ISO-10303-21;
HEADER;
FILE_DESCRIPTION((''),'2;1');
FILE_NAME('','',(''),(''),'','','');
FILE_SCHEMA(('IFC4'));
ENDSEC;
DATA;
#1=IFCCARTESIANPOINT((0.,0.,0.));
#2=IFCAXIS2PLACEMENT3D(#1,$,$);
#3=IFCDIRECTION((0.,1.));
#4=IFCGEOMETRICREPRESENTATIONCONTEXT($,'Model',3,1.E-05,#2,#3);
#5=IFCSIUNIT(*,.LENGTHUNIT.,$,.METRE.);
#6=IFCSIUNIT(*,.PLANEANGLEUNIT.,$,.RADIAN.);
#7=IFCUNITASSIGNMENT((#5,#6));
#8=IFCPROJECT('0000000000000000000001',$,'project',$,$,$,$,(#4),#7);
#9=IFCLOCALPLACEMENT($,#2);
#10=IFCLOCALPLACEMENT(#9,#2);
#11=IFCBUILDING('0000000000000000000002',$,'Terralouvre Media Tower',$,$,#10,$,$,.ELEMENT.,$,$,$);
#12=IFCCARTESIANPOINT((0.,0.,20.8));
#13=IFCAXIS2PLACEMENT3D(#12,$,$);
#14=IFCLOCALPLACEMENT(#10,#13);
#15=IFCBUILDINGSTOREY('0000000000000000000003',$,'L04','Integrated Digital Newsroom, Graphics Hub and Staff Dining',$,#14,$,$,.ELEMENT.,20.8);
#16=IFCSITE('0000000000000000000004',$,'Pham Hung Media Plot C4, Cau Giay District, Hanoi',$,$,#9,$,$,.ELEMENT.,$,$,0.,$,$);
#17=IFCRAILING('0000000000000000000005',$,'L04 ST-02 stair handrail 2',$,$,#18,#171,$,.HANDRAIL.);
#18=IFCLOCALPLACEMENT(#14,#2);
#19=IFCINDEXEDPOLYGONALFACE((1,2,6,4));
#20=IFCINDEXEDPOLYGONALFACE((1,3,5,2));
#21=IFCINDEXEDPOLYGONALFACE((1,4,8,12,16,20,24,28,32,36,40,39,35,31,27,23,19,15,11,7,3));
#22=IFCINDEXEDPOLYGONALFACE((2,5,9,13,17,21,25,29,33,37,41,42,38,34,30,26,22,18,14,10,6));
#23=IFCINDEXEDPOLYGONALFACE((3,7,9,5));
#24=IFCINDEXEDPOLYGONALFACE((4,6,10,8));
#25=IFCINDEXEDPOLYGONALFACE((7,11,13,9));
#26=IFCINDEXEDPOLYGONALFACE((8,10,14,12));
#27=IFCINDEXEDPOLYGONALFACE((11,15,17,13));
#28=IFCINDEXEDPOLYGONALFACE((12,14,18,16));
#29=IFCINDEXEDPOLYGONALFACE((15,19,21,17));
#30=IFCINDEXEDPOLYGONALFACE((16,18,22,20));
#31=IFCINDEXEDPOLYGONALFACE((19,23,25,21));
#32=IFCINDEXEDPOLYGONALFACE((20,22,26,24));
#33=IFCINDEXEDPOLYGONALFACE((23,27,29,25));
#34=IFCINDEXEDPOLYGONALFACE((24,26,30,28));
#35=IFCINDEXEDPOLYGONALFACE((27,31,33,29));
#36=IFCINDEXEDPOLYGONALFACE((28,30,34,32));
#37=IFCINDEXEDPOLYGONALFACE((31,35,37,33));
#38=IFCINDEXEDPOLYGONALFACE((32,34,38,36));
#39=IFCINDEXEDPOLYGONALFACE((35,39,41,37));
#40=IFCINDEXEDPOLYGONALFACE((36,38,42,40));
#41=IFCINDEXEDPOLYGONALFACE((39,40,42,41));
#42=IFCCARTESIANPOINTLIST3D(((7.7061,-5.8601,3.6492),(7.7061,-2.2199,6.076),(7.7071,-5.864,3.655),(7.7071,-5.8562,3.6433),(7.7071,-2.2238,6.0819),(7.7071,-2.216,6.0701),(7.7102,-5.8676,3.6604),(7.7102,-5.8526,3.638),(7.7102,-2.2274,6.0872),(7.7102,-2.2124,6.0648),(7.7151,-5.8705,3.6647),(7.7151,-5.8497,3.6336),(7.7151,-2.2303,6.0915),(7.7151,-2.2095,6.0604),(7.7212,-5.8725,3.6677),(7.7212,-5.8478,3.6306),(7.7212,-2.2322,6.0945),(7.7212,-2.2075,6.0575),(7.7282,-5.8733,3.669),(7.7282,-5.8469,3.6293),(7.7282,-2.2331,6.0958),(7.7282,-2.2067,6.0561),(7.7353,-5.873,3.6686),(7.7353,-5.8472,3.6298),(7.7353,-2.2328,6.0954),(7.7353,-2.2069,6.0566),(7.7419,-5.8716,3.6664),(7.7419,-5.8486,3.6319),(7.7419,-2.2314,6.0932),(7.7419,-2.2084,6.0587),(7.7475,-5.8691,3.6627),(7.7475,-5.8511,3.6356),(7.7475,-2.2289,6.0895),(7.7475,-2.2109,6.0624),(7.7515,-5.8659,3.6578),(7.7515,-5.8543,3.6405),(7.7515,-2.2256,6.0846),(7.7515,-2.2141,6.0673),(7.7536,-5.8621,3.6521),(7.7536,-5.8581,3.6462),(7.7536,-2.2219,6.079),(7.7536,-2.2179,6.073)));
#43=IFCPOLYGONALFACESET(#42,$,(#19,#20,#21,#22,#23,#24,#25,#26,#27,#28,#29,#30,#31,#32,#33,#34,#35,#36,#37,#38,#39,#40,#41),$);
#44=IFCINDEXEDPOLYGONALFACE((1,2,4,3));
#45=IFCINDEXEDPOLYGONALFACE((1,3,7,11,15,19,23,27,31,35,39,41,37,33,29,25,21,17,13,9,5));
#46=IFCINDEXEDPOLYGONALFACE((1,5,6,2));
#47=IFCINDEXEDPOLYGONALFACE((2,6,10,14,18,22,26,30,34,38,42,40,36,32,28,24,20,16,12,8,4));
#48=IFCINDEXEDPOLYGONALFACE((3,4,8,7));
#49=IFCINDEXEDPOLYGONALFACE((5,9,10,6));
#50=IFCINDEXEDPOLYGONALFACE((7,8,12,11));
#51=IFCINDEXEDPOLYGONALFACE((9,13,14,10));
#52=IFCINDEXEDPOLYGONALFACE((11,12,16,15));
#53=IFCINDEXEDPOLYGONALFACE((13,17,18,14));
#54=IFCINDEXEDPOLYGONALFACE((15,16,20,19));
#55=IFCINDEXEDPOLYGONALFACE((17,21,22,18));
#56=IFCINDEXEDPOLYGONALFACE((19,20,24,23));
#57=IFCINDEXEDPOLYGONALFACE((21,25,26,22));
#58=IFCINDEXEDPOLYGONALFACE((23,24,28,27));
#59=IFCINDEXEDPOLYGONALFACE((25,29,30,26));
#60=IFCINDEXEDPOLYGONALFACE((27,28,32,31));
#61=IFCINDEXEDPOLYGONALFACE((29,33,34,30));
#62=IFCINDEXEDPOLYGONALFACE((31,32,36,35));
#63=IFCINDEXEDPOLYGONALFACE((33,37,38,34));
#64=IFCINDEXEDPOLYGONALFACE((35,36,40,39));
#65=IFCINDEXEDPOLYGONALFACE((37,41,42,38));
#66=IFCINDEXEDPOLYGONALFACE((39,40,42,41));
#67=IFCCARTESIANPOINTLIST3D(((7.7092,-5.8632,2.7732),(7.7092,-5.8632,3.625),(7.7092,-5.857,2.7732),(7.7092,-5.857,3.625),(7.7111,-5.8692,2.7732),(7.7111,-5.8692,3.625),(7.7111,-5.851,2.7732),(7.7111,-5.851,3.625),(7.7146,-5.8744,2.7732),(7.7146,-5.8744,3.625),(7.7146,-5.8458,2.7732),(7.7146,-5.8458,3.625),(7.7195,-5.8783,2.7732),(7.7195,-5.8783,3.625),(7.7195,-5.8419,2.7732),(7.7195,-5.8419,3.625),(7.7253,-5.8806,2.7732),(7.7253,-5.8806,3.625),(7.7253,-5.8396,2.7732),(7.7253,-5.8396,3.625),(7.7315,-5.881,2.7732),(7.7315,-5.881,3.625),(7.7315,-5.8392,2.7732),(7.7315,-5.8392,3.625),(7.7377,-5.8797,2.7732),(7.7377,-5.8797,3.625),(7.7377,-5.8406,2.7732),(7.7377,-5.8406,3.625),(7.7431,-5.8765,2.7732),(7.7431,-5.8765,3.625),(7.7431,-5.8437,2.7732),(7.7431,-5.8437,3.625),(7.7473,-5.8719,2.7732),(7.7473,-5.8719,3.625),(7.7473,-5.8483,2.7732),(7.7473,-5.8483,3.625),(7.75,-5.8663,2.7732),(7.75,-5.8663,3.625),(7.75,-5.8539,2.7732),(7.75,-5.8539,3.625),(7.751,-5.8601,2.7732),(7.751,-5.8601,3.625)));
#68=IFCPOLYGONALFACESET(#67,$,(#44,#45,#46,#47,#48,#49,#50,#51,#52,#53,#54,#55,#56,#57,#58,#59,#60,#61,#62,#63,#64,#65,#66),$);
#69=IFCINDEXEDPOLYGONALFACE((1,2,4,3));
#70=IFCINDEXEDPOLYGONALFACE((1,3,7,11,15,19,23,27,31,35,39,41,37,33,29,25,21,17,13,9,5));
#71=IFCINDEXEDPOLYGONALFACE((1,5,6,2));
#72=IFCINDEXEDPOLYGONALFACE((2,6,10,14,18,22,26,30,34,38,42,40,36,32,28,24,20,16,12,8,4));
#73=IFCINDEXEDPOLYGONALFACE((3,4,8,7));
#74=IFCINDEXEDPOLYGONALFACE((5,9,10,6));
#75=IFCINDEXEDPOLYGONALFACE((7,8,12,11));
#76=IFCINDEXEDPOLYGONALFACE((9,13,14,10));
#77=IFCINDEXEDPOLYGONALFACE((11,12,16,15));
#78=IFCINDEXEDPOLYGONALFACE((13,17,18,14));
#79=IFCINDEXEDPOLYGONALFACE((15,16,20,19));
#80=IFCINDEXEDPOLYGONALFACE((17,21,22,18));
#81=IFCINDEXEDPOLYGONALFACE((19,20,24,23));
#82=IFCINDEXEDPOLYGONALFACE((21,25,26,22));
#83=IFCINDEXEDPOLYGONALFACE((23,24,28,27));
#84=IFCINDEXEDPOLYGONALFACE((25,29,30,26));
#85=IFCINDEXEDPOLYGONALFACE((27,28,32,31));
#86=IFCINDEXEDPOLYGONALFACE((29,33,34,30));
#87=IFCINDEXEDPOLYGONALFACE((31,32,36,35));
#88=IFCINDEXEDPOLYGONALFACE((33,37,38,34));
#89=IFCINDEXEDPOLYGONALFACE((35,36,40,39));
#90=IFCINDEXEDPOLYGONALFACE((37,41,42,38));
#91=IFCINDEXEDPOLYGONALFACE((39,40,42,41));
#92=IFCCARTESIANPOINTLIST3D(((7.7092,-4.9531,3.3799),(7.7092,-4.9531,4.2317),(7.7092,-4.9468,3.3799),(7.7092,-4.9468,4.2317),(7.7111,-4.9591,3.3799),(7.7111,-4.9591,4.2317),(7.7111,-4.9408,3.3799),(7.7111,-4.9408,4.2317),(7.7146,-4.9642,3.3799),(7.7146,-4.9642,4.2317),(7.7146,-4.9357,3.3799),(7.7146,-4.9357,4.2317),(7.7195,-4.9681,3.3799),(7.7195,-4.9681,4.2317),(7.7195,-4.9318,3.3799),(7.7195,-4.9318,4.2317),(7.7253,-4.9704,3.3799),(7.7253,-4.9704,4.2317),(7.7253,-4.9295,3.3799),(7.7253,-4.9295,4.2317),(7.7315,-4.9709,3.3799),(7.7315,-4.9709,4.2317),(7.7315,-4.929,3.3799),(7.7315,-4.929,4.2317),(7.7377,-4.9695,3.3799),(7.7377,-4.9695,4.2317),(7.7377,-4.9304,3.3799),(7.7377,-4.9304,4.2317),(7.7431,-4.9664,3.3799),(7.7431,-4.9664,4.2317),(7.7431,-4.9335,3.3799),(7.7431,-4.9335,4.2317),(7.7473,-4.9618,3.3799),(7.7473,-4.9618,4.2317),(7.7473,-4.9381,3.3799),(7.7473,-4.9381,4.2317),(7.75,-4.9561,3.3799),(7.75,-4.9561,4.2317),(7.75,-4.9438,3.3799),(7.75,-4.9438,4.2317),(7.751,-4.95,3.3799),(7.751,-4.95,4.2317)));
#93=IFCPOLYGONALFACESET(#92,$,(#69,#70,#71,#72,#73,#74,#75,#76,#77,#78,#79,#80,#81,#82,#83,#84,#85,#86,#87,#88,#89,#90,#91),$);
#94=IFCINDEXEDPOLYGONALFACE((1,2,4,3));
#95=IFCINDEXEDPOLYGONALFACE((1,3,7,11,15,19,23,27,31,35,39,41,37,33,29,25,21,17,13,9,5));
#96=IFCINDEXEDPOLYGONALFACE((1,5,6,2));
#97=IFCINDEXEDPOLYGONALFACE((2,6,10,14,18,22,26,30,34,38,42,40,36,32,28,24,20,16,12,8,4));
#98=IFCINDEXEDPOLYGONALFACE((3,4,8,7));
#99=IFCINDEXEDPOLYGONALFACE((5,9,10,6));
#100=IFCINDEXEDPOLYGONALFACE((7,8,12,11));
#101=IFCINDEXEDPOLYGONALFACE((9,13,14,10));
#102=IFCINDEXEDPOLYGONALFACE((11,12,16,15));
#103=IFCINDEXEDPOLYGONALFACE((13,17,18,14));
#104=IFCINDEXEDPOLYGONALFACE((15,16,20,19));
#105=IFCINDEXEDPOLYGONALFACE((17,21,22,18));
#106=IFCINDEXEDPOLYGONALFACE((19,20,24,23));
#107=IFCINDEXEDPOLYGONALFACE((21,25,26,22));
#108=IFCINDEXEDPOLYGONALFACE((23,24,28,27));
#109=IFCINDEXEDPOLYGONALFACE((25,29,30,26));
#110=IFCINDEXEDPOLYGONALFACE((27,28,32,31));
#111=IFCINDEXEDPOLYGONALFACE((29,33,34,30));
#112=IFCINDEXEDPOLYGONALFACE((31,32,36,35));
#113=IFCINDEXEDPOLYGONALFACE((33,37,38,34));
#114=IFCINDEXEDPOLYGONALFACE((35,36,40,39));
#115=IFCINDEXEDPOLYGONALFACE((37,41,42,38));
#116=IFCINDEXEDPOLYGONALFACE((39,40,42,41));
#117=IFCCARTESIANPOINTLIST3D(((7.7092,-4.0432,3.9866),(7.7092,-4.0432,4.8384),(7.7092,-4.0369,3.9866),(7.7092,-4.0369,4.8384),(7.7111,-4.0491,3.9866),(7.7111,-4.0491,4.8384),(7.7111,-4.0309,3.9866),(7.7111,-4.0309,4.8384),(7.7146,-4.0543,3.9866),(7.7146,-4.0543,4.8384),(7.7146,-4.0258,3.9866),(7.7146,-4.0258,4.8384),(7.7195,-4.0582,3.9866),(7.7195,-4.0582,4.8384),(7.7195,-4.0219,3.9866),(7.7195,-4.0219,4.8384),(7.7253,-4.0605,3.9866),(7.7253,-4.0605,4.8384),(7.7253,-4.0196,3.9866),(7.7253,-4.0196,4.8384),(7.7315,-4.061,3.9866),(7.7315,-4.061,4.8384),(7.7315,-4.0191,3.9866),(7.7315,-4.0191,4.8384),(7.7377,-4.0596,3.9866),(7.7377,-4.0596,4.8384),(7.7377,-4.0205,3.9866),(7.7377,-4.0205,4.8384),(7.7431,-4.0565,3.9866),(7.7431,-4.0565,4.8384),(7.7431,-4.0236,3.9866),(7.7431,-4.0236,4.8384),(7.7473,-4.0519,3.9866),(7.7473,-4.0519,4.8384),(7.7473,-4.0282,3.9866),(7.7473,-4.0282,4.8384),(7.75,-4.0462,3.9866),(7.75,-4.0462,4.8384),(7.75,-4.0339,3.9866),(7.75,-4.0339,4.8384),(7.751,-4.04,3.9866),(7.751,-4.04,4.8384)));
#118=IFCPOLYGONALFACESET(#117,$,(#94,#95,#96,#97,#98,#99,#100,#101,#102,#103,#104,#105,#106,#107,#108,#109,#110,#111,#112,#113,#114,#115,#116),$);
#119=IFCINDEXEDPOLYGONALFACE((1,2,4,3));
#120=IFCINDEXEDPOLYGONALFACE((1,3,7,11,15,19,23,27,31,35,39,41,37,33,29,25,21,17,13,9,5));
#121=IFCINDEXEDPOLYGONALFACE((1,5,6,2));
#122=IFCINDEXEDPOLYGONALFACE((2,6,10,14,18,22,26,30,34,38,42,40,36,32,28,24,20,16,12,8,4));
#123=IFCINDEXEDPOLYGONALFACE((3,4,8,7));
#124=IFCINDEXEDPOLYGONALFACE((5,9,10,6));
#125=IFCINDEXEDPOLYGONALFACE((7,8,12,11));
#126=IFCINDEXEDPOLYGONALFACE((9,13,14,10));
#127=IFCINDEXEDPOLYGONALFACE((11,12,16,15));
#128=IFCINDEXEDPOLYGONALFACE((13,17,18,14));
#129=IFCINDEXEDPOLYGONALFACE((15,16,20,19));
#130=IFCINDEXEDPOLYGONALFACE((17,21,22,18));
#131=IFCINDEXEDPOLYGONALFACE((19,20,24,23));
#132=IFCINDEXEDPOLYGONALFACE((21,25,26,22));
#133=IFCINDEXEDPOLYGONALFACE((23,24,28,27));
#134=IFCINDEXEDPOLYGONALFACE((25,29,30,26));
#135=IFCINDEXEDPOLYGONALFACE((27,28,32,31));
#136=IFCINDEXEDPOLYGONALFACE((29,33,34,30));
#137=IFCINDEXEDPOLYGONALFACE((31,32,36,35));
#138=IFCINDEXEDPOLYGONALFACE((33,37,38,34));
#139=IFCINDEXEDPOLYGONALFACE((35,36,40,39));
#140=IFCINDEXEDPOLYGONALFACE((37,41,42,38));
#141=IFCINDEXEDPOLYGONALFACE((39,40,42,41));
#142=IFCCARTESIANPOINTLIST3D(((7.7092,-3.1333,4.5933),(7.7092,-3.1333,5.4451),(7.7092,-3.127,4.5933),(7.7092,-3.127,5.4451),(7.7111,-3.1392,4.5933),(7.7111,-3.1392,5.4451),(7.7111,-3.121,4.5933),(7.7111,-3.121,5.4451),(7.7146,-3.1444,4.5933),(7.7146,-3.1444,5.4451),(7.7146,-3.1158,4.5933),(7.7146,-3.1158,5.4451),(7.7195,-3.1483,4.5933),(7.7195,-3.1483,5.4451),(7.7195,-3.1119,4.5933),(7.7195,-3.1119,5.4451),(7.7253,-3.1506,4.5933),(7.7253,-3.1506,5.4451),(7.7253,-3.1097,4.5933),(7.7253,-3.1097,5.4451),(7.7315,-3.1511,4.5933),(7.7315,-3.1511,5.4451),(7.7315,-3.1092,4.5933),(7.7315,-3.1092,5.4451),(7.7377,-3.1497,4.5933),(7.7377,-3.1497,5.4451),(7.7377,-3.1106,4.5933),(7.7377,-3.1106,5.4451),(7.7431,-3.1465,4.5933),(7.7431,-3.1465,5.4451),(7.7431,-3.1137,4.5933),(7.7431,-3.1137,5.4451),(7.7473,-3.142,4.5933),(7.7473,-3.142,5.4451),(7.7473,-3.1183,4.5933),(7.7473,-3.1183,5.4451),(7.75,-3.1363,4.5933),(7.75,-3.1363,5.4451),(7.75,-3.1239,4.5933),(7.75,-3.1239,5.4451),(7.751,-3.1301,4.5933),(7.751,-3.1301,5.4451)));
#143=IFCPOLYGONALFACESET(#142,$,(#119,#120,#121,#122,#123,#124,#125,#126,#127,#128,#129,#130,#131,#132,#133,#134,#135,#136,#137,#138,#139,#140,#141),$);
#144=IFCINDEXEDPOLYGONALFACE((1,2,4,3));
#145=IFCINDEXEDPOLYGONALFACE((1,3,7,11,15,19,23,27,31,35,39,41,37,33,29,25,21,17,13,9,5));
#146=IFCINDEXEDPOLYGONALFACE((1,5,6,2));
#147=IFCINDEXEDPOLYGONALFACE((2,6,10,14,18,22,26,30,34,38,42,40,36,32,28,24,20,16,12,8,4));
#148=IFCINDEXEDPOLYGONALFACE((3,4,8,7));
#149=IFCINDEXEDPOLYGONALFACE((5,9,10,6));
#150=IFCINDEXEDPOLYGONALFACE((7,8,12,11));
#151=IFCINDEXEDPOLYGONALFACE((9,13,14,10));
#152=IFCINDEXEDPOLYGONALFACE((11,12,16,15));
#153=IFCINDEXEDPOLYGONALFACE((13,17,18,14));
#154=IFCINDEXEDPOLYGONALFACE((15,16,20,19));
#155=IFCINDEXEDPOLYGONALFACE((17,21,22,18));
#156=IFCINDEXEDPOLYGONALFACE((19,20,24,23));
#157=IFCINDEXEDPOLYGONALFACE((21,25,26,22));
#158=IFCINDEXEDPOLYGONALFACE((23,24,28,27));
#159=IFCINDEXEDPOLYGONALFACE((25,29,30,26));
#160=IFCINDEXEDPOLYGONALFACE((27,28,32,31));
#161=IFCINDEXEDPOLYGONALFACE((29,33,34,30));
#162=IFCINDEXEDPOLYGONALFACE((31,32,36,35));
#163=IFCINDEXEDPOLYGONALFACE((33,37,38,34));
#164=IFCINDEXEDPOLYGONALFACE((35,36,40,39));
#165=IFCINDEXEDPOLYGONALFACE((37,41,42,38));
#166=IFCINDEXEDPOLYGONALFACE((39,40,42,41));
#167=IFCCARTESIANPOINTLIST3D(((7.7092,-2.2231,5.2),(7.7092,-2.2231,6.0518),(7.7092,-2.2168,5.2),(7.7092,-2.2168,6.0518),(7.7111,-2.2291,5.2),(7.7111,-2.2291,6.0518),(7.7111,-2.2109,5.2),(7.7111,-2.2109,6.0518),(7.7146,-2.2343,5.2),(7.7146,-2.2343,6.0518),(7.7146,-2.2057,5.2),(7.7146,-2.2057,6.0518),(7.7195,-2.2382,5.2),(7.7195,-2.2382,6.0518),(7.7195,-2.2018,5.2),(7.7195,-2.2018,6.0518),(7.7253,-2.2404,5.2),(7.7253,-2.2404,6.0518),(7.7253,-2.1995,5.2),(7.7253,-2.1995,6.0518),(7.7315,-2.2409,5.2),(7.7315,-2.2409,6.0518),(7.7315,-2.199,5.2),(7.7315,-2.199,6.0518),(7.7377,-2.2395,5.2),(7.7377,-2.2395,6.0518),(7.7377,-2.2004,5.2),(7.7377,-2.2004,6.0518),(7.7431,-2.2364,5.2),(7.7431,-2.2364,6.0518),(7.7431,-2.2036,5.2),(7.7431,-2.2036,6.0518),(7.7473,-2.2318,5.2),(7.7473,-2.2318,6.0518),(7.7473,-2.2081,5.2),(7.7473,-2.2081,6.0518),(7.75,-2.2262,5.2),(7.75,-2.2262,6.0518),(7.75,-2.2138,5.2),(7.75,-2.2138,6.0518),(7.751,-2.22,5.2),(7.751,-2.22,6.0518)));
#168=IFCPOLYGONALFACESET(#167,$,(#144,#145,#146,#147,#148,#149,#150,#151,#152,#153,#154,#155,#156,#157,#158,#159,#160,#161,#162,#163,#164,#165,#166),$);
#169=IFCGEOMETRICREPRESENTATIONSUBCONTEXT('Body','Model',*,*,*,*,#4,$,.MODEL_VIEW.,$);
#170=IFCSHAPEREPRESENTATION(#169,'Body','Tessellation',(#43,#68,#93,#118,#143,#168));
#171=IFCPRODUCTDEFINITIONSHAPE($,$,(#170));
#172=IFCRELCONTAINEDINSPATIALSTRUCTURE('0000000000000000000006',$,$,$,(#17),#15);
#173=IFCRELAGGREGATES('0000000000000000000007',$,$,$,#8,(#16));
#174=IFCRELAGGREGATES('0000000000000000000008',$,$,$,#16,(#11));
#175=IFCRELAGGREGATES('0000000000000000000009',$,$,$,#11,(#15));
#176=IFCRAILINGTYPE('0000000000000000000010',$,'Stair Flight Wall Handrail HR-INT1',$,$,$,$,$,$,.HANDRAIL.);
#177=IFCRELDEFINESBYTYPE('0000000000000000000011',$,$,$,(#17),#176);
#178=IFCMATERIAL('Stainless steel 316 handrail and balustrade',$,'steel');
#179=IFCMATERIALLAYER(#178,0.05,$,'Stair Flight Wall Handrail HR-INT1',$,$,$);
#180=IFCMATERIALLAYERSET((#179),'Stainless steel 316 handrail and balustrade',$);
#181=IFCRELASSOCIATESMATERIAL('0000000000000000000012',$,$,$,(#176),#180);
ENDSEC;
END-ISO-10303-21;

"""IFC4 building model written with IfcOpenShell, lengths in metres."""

from ifc_helpers import new_model, si_unit, direction, frame, origin, origin_2d, place, context, subcontext, project, spatial, circle, extrude, material, layer, layer_set, type_object, element, save


model = new_model("IFC4")

# Units and contexts
model_context = context("Model", 3, precision=1e-05, world=origin(), true_north=direction((0.0, 1.0)))
body_context = subcontext(model_context, "Body", "Model", "MODEL_VIEW")
ifc_project = project(units=[si_unit("LENGTHUNIT", "METRE"), si_unit("PLANEANGLEUNIT", "RADIAN")], contexts=[model_context])

# Site, building, storey
site_placement = place(None, origin())
site = spatial("IfcSite", under=ifc_project, at=site_placement, Name="Pham Hung Media Plot C4, Cau Giay District, Hanoi", CompositionType="ELEMENT", RefElevation=0.0)
building_placement = place(site_placement, origin())
building = spatial("IfcBuilding", under=site, at=building_placement, Name="Terralouvre Media Tower", CompositionType="ELEMENT")
storey_placement = place(building_placement, frame((0.0, 0.0, 20.8)))
storey = spatial("IfcBuildingStorey", under=building, at=storey_placement, Name="L04", Description="Integrated Digital Newsroom, Graphics Hub and Staff Dining", CompositionType="ELEMENT", Elevation=20.8)

# Railing
ifc_material_1 = material(Name="Stainless steel 316 handrail and balustrade", Category="steel")
ifc_layer_1 = layer(ifc_material_1, 0.05, Name="Stair Flight Wall Handrail HR-INT1")
ifc_layer_set_1 = layer_set([ifc_layer_1], Name="Stainless steel 316 handrail and balustrade")
railing_type_1 = type_object("IfcRailingType", Name="Stair Flight Wall Handrail HR-INT1", PredefinedType="HANDRAIL", material=ifc_layer_set_1)
railing_1_placement = place(storey_placement, frame((7.73, -5.8601, 2.7732)))
element("IfcRailing", 1, at=railing_1_placement, inside=storey, type_object=railing_type_1, Name="L04 ST-02 stair handrail 2", PredefinedType="HANDRAIL", context=body_context, shape_type="SweptSolid", body=[
    extrude(circle(Radius=0.0239, at=origin_2d()), frame((0.0, 0.0, 0.876), z_axis=(0.0, 0.83205, 0.5547), x_axis=(-1.0, 0.0, 0.0)), (0.0, 0.0, 1.0), 4.375),
    extrude(circle(Radius=0.021, at=origin_2d()), origin(), (0.0, 0.0, 1.0), 0.8518),
    extrude(circle(Radius=0.021, at=origin_2d()), frame((0.0, 0.9102, 0.6067)), (0.0, 0.0, 1.0), 0.8518),
    extrude(circle(Radius=0.021, at=origin_2d()), frame((0.0, 1.8201, 1.2134)), (0.0, 0.0, 1.0), 0.8518),
    extrude(circle(Radius=0.021, at=origin_2d()), frame((0.0, 2.73, 1.8201)), (0.0, 0.0, 1.0), 0.8518),
    extrude(circle(Radius=0.021, at=origin_2d()), frame((0.0, 3.6401, 2.4268)), (0.0, 0.0, 1.0), 0.8518),
])

save(model, "model.ifc")
